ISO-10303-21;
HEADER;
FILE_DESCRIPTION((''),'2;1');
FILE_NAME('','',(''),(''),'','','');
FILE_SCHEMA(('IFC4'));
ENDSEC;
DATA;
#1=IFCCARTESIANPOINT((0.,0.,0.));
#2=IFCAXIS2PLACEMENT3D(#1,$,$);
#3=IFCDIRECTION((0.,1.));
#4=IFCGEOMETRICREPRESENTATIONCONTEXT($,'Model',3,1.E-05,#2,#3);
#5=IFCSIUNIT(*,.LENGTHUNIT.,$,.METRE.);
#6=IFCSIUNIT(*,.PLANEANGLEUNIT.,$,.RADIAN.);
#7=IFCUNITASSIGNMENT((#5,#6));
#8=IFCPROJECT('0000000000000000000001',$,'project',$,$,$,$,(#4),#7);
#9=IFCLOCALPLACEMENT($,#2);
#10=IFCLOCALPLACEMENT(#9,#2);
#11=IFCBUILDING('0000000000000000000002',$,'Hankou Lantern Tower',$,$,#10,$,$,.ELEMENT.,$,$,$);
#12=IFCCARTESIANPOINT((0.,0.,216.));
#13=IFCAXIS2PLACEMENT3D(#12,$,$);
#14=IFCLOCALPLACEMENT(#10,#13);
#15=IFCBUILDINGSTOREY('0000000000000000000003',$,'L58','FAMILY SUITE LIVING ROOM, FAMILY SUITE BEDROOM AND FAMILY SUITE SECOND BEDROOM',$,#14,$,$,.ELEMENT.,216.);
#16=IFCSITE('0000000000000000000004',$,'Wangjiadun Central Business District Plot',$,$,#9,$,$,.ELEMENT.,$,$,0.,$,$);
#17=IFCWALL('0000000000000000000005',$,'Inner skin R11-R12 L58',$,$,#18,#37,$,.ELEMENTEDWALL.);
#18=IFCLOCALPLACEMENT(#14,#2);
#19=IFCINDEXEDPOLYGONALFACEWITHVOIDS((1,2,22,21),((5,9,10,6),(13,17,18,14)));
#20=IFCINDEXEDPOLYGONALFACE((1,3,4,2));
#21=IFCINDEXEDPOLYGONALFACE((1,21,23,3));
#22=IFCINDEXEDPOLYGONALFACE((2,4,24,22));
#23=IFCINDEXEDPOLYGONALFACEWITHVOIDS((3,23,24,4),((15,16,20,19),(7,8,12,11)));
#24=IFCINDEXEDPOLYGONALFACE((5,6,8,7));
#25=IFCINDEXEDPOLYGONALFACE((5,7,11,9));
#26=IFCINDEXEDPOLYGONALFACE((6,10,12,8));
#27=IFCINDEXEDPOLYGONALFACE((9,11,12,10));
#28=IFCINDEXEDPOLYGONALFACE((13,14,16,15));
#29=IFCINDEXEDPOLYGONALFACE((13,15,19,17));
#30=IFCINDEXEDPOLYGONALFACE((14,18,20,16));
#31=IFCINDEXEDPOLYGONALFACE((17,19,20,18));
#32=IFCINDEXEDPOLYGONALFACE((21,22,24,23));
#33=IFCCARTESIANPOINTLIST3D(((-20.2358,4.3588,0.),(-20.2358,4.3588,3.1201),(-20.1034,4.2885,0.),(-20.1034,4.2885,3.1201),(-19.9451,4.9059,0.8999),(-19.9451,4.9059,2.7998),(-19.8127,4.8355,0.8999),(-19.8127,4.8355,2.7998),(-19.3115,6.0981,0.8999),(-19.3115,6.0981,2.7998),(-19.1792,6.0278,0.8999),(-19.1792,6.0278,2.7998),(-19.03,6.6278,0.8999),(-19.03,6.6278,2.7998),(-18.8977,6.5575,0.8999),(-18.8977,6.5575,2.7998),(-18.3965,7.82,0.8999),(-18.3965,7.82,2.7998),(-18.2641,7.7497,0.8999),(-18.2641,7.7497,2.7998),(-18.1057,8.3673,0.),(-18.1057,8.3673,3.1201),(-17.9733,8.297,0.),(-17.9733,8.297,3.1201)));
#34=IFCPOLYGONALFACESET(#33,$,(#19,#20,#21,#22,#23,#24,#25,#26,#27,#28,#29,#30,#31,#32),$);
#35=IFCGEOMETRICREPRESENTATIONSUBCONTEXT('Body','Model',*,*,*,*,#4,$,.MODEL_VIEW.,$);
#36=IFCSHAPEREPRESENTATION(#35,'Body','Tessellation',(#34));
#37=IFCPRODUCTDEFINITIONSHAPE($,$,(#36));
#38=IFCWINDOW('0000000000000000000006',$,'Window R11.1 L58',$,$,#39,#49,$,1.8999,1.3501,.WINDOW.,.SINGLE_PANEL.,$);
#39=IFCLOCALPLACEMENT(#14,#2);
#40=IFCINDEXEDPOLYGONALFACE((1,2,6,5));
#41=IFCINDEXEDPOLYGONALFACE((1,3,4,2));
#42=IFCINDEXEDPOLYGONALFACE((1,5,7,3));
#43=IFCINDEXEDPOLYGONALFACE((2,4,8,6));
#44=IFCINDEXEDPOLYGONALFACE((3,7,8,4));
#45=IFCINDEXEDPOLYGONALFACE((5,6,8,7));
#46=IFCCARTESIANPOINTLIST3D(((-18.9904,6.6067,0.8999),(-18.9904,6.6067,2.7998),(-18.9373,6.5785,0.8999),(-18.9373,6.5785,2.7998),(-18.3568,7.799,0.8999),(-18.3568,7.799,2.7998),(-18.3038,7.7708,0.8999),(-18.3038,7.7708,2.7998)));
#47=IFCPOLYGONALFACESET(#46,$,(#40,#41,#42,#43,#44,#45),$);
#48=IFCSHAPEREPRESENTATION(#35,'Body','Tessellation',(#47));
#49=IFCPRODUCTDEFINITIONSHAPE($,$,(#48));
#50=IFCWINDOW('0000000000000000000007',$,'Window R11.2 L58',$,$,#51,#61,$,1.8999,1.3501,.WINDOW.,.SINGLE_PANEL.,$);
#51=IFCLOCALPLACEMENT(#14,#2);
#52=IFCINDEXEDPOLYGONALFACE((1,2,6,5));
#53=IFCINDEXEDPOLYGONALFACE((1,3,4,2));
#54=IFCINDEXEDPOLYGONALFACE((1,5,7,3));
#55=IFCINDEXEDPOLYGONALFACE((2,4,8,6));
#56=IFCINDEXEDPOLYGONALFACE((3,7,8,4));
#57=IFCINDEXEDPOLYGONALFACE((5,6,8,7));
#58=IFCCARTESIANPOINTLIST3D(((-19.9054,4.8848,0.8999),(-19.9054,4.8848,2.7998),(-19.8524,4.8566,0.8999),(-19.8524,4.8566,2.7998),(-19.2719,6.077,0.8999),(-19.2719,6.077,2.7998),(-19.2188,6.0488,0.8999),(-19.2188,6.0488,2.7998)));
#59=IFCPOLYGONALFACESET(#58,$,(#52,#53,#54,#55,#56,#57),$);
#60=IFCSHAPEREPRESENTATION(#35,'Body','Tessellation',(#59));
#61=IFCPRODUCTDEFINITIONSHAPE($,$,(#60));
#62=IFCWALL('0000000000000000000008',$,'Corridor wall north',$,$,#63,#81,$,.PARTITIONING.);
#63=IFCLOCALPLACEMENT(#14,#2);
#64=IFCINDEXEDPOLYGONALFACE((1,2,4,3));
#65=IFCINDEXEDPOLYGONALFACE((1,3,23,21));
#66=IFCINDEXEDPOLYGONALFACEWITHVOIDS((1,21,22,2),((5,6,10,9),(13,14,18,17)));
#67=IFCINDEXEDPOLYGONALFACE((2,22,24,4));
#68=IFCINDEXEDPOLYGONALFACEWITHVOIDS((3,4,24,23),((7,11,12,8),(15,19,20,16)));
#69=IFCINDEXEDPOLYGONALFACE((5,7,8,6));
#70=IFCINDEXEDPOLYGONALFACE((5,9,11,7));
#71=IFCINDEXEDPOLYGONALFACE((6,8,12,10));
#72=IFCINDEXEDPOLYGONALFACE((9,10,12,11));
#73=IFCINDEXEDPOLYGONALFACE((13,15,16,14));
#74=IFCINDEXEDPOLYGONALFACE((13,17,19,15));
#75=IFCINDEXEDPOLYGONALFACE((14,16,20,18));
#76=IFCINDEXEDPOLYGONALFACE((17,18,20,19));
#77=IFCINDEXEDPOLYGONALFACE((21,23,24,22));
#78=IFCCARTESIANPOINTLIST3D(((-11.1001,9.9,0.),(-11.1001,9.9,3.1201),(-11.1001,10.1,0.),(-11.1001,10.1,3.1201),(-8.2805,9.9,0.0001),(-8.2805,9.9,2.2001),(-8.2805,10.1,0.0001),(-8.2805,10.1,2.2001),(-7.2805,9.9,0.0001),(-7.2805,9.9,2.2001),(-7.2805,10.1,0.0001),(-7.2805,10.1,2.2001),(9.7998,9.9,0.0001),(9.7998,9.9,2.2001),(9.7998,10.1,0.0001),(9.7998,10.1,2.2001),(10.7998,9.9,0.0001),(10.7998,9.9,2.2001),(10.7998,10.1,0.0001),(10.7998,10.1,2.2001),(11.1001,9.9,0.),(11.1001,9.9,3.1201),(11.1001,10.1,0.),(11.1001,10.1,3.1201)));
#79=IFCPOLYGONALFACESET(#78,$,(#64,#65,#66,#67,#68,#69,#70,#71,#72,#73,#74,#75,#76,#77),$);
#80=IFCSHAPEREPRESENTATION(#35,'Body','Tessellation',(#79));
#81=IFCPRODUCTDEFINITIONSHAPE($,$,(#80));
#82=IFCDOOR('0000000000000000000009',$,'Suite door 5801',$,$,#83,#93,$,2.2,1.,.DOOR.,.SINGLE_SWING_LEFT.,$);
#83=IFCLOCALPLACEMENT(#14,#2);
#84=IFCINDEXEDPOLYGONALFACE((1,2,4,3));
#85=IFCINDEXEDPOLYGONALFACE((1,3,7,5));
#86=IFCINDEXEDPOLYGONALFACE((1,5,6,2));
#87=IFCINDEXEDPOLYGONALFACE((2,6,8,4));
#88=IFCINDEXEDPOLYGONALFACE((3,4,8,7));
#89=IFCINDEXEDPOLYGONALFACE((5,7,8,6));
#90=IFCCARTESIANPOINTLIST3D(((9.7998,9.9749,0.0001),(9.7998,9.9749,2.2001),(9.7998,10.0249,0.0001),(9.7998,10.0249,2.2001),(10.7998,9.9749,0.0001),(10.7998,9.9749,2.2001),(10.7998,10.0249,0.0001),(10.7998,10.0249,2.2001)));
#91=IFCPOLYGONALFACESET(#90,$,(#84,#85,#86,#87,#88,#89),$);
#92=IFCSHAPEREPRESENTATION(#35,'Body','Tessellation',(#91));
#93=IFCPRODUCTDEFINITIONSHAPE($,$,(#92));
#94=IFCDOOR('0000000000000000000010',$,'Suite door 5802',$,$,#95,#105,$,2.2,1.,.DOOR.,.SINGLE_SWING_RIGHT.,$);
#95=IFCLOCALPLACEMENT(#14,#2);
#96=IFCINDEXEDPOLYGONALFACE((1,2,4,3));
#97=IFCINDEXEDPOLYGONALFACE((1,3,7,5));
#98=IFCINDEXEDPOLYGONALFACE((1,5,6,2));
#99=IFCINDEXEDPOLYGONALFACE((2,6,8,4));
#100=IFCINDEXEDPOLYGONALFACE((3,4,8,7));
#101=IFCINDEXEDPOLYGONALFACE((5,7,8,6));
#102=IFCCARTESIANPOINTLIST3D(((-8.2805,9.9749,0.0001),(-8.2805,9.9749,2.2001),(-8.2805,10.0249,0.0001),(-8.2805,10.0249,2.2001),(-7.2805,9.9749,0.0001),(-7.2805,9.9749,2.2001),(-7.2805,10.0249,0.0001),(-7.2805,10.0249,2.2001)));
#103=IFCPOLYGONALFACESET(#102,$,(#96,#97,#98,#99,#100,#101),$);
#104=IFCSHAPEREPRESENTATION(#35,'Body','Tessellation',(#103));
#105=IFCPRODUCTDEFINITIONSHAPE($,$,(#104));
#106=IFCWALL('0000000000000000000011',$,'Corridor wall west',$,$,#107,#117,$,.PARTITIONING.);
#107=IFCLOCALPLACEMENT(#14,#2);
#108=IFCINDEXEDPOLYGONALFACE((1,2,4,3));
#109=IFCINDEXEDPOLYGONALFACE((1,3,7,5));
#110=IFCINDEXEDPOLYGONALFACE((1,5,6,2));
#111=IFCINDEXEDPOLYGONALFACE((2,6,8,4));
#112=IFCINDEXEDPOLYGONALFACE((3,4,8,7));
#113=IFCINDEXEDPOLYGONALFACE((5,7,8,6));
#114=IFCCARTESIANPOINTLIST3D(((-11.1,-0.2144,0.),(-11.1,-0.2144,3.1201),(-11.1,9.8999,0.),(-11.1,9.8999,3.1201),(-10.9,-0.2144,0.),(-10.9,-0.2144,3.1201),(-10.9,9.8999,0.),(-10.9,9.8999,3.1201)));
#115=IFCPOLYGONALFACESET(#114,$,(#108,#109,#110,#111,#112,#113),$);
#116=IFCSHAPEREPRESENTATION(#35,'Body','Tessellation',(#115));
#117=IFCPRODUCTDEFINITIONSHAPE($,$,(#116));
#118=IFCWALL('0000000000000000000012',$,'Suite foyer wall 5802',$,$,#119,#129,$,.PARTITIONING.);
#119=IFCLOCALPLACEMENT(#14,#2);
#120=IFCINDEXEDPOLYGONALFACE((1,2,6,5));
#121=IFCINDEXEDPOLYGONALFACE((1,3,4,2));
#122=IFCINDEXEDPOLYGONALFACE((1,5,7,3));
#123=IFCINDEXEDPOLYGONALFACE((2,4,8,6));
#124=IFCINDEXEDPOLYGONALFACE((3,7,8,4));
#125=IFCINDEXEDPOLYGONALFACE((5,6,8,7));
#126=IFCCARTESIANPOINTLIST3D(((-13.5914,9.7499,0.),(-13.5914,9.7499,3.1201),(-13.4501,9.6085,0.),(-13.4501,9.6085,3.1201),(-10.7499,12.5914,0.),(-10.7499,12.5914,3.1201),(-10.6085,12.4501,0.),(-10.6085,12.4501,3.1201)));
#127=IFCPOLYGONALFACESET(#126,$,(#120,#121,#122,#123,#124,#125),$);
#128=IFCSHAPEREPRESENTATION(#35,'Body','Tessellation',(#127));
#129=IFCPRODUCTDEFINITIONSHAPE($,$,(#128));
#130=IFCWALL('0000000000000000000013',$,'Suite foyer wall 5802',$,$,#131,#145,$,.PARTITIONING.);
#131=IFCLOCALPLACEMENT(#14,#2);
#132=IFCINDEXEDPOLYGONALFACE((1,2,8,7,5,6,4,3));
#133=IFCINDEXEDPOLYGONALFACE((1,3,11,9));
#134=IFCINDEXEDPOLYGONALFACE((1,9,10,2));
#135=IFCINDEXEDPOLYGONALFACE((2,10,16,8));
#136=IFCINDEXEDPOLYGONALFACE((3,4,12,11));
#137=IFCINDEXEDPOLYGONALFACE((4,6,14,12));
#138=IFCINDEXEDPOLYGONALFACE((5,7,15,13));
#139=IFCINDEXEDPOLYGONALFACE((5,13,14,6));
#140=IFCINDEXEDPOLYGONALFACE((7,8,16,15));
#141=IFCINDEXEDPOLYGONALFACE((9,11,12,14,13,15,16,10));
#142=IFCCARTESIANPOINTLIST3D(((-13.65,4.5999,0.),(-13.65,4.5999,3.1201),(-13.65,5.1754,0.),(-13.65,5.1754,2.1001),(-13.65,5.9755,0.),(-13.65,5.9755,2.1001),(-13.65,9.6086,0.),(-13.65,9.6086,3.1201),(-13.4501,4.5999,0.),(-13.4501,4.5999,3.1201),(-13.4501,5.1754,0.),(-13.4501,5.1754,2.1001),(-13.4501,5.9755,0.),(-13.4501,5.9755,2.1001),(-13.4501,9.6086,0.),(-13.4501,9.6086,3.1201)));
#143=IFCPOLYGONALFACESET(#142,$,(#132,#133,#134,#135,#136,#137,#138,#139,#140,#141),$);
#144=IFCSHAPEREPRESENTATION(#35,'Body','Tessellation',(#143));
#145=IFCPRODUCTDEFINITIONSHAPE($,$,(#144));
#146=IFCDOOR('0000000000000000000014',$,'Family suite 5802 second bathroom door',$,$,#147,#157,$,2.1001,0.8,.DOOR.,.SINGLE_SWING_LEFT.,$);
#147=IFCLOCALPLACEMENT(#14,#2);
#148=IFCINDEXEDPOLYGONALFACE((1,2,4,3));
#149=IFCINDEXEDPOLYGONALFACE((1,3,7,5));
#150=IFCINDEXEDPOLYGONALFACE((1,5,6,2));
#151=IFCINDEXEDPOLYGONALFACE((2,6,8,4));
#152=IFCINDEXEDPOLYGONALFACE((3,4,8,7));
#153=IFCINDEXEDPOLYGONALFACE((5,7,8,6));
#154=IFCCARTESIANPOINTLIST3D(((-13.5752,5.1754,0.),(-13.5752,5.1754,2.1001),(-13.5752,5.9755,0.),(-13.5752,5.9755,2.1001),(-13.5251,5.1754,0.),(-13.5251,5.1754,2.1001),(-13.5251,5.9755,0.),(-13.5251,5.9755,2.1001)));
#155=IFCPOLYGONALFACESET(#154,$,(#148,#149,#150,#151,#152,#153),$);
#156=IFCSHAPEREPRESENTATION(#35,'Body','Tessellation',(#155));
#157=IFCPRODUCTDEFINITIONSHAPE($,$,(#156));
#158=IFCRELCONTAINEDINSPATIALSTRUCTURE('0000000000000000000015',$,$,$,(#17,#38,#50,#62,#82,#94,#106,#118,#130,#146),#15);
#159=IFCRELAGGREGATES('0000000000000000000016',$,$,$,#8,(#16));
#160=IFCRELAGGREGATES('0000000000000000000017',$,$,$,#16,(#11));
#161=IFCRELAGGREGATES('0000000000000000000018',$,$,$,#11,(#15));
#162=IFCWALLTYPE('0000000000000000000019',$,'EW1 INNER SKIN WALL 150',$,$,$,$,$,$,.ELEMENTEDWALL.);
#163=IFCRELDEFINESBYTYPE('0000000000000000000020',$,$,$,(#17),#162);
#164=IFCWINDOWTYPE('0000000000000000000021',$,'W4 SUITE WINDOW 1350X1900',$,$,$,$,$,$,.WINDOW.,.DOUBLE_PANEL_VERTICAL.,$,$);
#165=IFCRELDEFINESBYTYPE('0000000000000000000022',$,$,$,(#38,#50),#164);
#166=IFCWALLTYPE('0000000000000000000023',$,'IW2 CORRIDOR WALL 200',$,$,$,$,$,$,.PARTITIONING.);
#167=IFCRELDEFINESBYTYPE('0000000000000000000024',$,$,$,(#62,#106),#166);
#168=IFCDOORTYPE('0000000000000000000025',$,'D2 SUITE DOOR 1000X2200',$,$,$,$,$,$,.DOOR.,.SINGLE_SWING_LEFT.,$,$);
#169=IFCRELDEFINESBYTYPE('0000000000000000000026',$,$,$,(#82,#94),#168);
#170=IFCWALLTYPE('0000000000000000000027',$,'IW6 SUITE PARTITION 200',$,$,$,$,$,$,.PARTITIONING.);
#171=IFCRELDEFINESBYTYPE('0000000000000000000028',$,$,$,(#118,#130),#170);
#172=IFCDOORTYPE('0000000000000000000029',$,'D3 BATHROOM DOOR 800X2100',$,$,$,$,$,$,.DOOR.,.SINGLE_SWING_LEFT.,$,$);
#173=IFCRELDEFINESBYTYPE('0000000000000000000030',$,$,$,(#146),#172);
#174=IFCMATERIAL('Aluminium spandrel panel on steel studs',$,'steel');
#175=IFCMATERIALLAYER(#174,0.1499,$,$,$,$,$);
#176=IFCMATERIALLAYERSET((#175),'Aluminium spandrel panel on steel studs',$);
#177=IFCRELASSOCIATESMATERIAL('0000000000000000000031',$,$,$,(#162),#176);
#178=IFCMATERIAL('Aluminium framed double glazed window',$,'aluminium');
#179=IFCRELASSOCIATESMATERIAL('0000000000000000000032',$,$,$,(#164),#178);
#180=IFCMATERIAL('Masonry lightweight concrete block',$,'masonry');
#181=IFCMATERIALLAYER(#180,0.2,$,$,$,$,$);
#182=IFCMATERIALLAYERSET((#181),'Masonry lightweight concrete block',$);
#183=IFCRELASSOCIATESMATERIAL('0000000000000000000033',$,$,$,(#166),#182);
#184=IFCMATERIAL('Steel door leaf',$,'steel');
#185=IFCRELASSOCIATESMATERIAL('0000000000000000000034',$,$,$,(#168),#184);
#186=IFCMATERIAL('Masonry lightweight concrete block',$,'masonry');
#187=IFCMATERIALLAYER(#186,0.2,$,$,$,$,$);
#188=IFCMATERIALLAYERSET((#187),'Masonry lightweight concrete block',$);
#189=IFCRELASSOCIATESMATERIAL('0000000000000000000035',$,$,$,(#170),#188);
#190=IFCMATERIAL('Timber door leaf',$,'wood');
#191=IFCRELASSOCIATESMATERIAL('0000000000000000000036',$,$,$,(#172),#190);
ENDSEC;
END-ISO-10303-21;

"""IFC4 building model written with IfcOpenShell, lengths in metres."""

from ifc_helpers import new_model, si_unit, direction, frame, frame_2d, origin, place, context, subcontext, project, spatial, rectangle, extrude, material, layer, layer_set, type_object, element, fill, save


model = new_model("IFC4")

# Units and contexts
model_context = context("Model", 3, precision=1e-05, world=origin(), true_north=direction((0.0, 1.0)))
body_context = subcontext(model_context, "Body", "Model", "MODEL_VIEW")
ifc_project = project(units=[si_unit("LENGTHUNIT", "METRE"), si_unit("PLANEANGLEUNIT", "RADIAN")], contexts=[model_context])

# Site, building, storey
site_placement = place(None, origin())
site = spatial("IfcSite", under=ifc_project, at=site_placement, Name="Wangjiadun Central Business District Plot", CompositionType="ELEMENT", RefElevation=0.0)
building_placement = place(site_placement, origin())
building = spatial("IfcBuilding", under=site, at=building_placement, Name="Hankou Lantern Tower", CompositionType="ELEMENT")
storey_placement = place(building_placement, frame((0.0, 0.0, 216.0)))
storey = spatial("IfcBuildingStorey", under=building, at=storey_placement, Name="L58", Description="FAMILY SUITE LIVING ROOM, FAMILY SUITE BEDROOM AND FAMILY SUITE SECOND BEDROOM", CompositionType="ELEMENT", Elevation=216.0)

# Wall, openings, windows
ifc_material_1 = material(Name="Aluminium spandrel panel on steel studs", Category="steel")
ifc_layer_1 = layer(ifc_material_1, 0.1499)
ifc_layer_set_1 = layer_set([ifc_layer_1], Name="Aluminium spandrel panel on steel studs")
wall_type_1 = type_object("IfcWallType", Name="EW1 INNER SKIN WALL 150", PredefinedType="ELEMENTEDWALL", material=ifc_layer_set_1)
ifc_material_2 = material(Name="Aluminium framed double glazed window", Category="aluminium")
window_type = type_object("IfcWindowType", Name="W4 SUITE WINDOW 1350X1900", PartitioningType="DOUBLE_PANEL_VERTICAL", PredefinedType="WINDOW", material=ifc_material_2)
wall_1_placement = place(storey_placement, frame((-18.0396, 8.332, 0.0), z_axis=(0.0, 0.0, 1.0), x_axis=(-0.469256, -0.883062, 0.0)))
wall_1 = element("IfcWall", 1, at=wall_1_placement, inside=storey, type_object=wall_type_1, Name="Inner skin R11-R12 L58", PredefinedType="ELEMENTEDWALL", context=body_context, shape_type="SweptSolid", body=[
    extrude(rectangle(XDim=4.5393, YDim=0.1499, at=frame_2d((2.2695, 0.0))), origin(), (0.0, 0.0, 1.0), 3.1201),
])
opening_1_placement = place(wall_1_placement, frame((0.6196, 0.0, 0.8999)))
opening_1 = element("IfcOpeningElement", 2, at=opening_1_placement, cuts=wall_1, PredefinedType="OPENING", context=body_context, shape_type="SweptSolid", body=[
    extrude(rectangle(XDim=1.3501, YDim=1.8999, at=frame_2d((0.675, 0.95))), frame((0.0, 0.085, 0.0), z_axis=(0.0, -1.0, 0.0), x_axis=(1.0, 0.0, 0.0)), (0.0, 0.0, 1.0), 0.1699),
])
opening_2_placement = place(wall_1_placement, frame((2.5696, 0.0, 0.8999)))
opening_2 = element("IfcOpeningElement", 3, at=opening_2_placement, cuts=wall_1, PredefinedType="OPENING", context=body_context, shape_type="SweptSolid", body=[
    extrude(rectangle(XDim=1.3501, YDim=1.8999, at=frame_2d((0.675, 0.95))), frame((0.0, 0.085, 0.0), z_axis=(0.0, -1.0, 0.0), x_axis=(1.0, 0.0, 0.0)), (0.0, 0.0, 1.0), 0.1699),
])
window_1_placement = place(opening_1_placement, origin())
window_1 = element("IfcWindow", 4, at=window_1_placement, inside=storey, type_object=window_type, Name="Window R11.1 L58", OverallHeight=1.8999, OverallWidth=1.3501, PartitioningType="SINGLE_PANEL", PredefinedType="WINDOW", context=body_context, shape_type="SweptSolid", body=[
    extrude(rectangle(XDim=1.3501, YDim=1.8999, at=frame_2d((0.675, 0.95))), frame((0.0, 0.03, 0.0), z_axis=(0.0, -1.0, 0.0), x_axis=(1.0, 0.0, 0.0)), (0.0, 0.0, 1.0), 0.0601),
])
fill(opening_1, window_1)
window_2_placement = place(opening_2_placement, origin())
window_2 = element("IfcWindow", 5, at=window_2_placement, inside=storey, type_object=window_type, Name="Window R11.2 L58", OverallHeight=1.8999, OverallWidth=1.3501, PartitioningType="SINGLE_PANEL", PredefinedType="WINDOW", context=body_context, shape_type="SweptSolid", body=[
    extrude(rectangle(XDim=1.3501, YDim=1.8999, at=frame_2d((0.675, 0.95))), frame((0.0, 0.03, 0.0), z_axis=(0.0, -1.0, 0.0), x_axis=(1.0, 0.0, 0.0)), (0.0, 0.0, 1.0), 0.0601),
])
fill(opening_2, window_2)

# Wall, openings, doors
ifc_material_3 = material(Name="Masonry lightweight concrete block", Category="masonry")
ifc_layer_2 = layer(ifc_material_3, 0.2)
ifc_layer_set_2 = layer_set([ifc_layer_2], Name="Masonry lightweight concrete block")
wall_type_2 = type_object("IfcWallType", Name="IW2 CORRIDOR WALL 200", PredefinedType="PARTITIONING", material=ifc_layer_set_2)
wall_2_placement = place(storey_placement, frame((-11.1001, 10.0, 0.0), z_axis=(0.0, 0.0, 1.0), x_axis=(1.0, 0.0, 0.0)))
wall_2 = element("IfcWall", 6, at=wall_2_placement, inside=storey, type_object=wall_type_2, Name="Corridor wall north", PredefinedType="PARTITIONING", context=body_context, shape_type="SweptSolid", body=[
    extrude(rectangle(XDim=22.2002, YDim=0.2, at=frame_2d((11.1001, 0.0))), origin(), (0.0, 0.0, 1.0), 3.1201),
])
opening_3_placement = place(wall_2_placement, frame((20.8999, 0.0, 0.0)))
opening_3 = element("IfcOpeningElement", 7, at=opening_3_placement, cuts=wall_2, PredefinedType="OPENING", context=body_context, shape_type="SweptSolid", body=[
    extrude(rectangle(XDim=1.0, YDim=2.2, at=frame_2d((0.5, 1.1001))), frame((0.0, 0.1099, 0.0), z_axis=(0.0, -1.0, 0.0), x_axis=(1.0, 0.0, 0.0)), (0.0, 0.0, 1.0), 0.22),
])
opening_4_placement = place(wall_2_placement, frame((2.8196, 0.0, 0.0)))
opening_4 = element("IfcOpeningElement", 8, at=opening_4_placement, cuts=wall_2, PredefinedType="OPENING", context=body_context, shape_type="SweptSolid", body=[
    extrude(rectangle(XDim=1.0, YDim=2.2, at=frame_2d((0.5, 1.1001))), frame((0.0, 0.1099, 0.0), z_axis=(0.0, -1.0, 0.0), x_axis=(1.0, 0.0, 0.0)), (0.0, 0.0, 1.0), 0.22),
])
ifc_material_4 = material(Name="Steel door leaf", Category="steel")
door_type_1 = type_object("IfcDoorType", Name="D2 SUITE DOOR 1000X2200", OperationType="SINGLE_SWING_LEFT", PredefinedType="DOOR", material=ifc_material_4)
door_1_placement = place(opening_3_placement, origin())
door_1 = element("IfcDoor", 9, at=door_1_placement, inside=storey, type_object=door_type_1, Name="Suite door 5801", OperationType="SINGLE_SWING_LEFT", OverallHeight=2.2, OverallWidth=1.0, PredefinedType="DOOR", context=body_context, shape_type="SweptSolid", body=[
    extrude(rectangle(XDim=1.0, YDim=2.2, at=frame_2d((0.5, 1.1001))), frame((0.0, 0.0249, 0.0), z_axis=(0.0, -1.0, 0.0), x_axis=(1.0, 0.0, 0.0)), (0.0, 0.0, 1.0), 0.05),
])
fill(opening_3, door_1)
door_2_placement = place(opening_4_placement, origin())
door_2 = element("IfcDoor", 10, at=door_2_placement, inside=storey, type_object=door_type_1, Name="Suite door 5802", OperationType="SINGLE_SWING_RIGHT", OverallHeight=2.2, OverallWidth=1.0, PredefinedType="DOOR", context=body_context, shape_type="SweptSolid", body=[
    extrude(rectangle(XDim=1.0, YDim=2.2, at=frame_2d((0.5, 1.1001))), frame((0.0, 0.0249, 0.0), z_axis=(0.0, -1.0, 0.0), x_axis=(1.0, 0.0, 0.0)), (0.0, 0.0, 1.0), 0.05),
])
fill(opening_4, door_2)

# Walls
wall_3_placement = place(storey_placement, frame((-11.0, 9.8999, 0.0), z_axis=(0.0, 0.0, 1.0), x_axis=(0.0, -1.0, 0.0)))
element("IfcWall", 11, at=wall_3_placement, inside=storey, type_object=wall_type_2, Name="Corridor wall west", PredefinedType="PARTITIONING", context=body_context, shape_type="SweptSolid", body=[
    extrude(rectangle(XDim=10.1143, YDim=0.2, at=frame_2d((5.0571, 0.0))), origin(), (0.0, 0.0, 1.0), 3.1201),
])
ifc_material_5 = material(Name="Masonry lightweight concrete block", Category="masonry")
ifc_layer_3 = layer(ifc_material_5, 0.2)
ifc_layer_set_3 = layer_set([ifc_layer_3], Name="Masonry lightweight concrete block")
wall_type_3 = type_object("IfcWallType", Name="IW6 SUITE PARTITION 200", PredefinedType="PARTITIONING", material=ifc_layer_set_3)
wall_4_placement = place(storey_placement, frame((-10.6792, 12.5208, 0.0), z_axis=(0.0, 0.0, 1.0), x_axis=(-0.707107, -0.707107, 0.0)))
element("IfcWall", 12, at=wall_4_placement, inside=storey, type_object=wall_type_3, Name="Suite foyer wall 5802", PredefinedType="PARTITIONING", context=body_context, shape_type="SweptSolid", body=[
    extrude(rectangle(XDim=4.0186, YDim=0.2, at=frame_2d((2.0093, 0.0))), origin(), (0.0, 0.0, 1.0), 3.1201),
])

# Wall, opening, door
wall_5_placement = place(storey_placement, frame((-13.55, 9.6086, 0.0), z_axis=(0.0, 0.0, 1.0), x_axis=(0.0, -1.0, 0.0)))
wall_5 = element("IfcWall", 13, at=wall_5_placement, inside=storey, type_object=wall_type_3, Name="Suite foyer wall 5802", PredefinedType="PARTITIONING", context=body_context, shape_type="SweptSolid", body=[
    extrude(rectangle(XDim=5.0088, YDim=0.2, at=frame_2d((2.5044, 0.0))), origin(), (0.0, 0.0, 1.0), 3.1201),
])
opening_5_placement = place(wall_5_placement, frame((3.6333, 0.0, 0.0)))
opening_5 = element("IfcOpeningElement", 14, at=opening_5_placement, cuts=wall_5, PredefinedType="OPENING", context=body_context, shape_type="SweptSolid", body=[
    extrude(rectangle(XDim=0.8, YDim=2.1001, at=frame_2d((0.3999, 1.05))), frame((0.0, 0.1099, 0.0), z_axis=(0.0, -1.0, 0.0), x_axis=(1.0, 0.0, 0.0)), (0.0, 0.0, 1.0), 0.22),
])
ifc_material_6 = material(Name="Timber door leaf", Category="wood")
door_type_2 = type_object("IfcDoorType", Name="D3 BATHROOM DOOR 800X2100", OperationType="SINGLE_SWING_LEFT", PredefinedType="DOOR", material=ifc_material_6)
door_3_placement = place(opening_5_placement, origin())
door_3 = element("IfcDoor", 15, at=door_3_placement, inside=storey, type_object=door_type_2, Name="Family suite 5802 second bathroom door", OperationType="SINGLE_SWING_LEFT", OverallHeight=2.1001, OverallWidth=0.8, PredefinedType="DOOR", context=body_context, shape_type="SweptSolid", body=[
    extrude(rectangle(XDim=0.8, YDim=2.1001, at=frame_2d((0.3999, 1.05))), frame((0.0, 0.0249, 0.0), z_axis=(0.0, -1.0, 0.0), x_axis=(1.0, 0.0, 0.0)), (0.0, 0.0, 1.0), 0.05),
])
fill(opening_5, door_3)

save(model, "model.ifc")
